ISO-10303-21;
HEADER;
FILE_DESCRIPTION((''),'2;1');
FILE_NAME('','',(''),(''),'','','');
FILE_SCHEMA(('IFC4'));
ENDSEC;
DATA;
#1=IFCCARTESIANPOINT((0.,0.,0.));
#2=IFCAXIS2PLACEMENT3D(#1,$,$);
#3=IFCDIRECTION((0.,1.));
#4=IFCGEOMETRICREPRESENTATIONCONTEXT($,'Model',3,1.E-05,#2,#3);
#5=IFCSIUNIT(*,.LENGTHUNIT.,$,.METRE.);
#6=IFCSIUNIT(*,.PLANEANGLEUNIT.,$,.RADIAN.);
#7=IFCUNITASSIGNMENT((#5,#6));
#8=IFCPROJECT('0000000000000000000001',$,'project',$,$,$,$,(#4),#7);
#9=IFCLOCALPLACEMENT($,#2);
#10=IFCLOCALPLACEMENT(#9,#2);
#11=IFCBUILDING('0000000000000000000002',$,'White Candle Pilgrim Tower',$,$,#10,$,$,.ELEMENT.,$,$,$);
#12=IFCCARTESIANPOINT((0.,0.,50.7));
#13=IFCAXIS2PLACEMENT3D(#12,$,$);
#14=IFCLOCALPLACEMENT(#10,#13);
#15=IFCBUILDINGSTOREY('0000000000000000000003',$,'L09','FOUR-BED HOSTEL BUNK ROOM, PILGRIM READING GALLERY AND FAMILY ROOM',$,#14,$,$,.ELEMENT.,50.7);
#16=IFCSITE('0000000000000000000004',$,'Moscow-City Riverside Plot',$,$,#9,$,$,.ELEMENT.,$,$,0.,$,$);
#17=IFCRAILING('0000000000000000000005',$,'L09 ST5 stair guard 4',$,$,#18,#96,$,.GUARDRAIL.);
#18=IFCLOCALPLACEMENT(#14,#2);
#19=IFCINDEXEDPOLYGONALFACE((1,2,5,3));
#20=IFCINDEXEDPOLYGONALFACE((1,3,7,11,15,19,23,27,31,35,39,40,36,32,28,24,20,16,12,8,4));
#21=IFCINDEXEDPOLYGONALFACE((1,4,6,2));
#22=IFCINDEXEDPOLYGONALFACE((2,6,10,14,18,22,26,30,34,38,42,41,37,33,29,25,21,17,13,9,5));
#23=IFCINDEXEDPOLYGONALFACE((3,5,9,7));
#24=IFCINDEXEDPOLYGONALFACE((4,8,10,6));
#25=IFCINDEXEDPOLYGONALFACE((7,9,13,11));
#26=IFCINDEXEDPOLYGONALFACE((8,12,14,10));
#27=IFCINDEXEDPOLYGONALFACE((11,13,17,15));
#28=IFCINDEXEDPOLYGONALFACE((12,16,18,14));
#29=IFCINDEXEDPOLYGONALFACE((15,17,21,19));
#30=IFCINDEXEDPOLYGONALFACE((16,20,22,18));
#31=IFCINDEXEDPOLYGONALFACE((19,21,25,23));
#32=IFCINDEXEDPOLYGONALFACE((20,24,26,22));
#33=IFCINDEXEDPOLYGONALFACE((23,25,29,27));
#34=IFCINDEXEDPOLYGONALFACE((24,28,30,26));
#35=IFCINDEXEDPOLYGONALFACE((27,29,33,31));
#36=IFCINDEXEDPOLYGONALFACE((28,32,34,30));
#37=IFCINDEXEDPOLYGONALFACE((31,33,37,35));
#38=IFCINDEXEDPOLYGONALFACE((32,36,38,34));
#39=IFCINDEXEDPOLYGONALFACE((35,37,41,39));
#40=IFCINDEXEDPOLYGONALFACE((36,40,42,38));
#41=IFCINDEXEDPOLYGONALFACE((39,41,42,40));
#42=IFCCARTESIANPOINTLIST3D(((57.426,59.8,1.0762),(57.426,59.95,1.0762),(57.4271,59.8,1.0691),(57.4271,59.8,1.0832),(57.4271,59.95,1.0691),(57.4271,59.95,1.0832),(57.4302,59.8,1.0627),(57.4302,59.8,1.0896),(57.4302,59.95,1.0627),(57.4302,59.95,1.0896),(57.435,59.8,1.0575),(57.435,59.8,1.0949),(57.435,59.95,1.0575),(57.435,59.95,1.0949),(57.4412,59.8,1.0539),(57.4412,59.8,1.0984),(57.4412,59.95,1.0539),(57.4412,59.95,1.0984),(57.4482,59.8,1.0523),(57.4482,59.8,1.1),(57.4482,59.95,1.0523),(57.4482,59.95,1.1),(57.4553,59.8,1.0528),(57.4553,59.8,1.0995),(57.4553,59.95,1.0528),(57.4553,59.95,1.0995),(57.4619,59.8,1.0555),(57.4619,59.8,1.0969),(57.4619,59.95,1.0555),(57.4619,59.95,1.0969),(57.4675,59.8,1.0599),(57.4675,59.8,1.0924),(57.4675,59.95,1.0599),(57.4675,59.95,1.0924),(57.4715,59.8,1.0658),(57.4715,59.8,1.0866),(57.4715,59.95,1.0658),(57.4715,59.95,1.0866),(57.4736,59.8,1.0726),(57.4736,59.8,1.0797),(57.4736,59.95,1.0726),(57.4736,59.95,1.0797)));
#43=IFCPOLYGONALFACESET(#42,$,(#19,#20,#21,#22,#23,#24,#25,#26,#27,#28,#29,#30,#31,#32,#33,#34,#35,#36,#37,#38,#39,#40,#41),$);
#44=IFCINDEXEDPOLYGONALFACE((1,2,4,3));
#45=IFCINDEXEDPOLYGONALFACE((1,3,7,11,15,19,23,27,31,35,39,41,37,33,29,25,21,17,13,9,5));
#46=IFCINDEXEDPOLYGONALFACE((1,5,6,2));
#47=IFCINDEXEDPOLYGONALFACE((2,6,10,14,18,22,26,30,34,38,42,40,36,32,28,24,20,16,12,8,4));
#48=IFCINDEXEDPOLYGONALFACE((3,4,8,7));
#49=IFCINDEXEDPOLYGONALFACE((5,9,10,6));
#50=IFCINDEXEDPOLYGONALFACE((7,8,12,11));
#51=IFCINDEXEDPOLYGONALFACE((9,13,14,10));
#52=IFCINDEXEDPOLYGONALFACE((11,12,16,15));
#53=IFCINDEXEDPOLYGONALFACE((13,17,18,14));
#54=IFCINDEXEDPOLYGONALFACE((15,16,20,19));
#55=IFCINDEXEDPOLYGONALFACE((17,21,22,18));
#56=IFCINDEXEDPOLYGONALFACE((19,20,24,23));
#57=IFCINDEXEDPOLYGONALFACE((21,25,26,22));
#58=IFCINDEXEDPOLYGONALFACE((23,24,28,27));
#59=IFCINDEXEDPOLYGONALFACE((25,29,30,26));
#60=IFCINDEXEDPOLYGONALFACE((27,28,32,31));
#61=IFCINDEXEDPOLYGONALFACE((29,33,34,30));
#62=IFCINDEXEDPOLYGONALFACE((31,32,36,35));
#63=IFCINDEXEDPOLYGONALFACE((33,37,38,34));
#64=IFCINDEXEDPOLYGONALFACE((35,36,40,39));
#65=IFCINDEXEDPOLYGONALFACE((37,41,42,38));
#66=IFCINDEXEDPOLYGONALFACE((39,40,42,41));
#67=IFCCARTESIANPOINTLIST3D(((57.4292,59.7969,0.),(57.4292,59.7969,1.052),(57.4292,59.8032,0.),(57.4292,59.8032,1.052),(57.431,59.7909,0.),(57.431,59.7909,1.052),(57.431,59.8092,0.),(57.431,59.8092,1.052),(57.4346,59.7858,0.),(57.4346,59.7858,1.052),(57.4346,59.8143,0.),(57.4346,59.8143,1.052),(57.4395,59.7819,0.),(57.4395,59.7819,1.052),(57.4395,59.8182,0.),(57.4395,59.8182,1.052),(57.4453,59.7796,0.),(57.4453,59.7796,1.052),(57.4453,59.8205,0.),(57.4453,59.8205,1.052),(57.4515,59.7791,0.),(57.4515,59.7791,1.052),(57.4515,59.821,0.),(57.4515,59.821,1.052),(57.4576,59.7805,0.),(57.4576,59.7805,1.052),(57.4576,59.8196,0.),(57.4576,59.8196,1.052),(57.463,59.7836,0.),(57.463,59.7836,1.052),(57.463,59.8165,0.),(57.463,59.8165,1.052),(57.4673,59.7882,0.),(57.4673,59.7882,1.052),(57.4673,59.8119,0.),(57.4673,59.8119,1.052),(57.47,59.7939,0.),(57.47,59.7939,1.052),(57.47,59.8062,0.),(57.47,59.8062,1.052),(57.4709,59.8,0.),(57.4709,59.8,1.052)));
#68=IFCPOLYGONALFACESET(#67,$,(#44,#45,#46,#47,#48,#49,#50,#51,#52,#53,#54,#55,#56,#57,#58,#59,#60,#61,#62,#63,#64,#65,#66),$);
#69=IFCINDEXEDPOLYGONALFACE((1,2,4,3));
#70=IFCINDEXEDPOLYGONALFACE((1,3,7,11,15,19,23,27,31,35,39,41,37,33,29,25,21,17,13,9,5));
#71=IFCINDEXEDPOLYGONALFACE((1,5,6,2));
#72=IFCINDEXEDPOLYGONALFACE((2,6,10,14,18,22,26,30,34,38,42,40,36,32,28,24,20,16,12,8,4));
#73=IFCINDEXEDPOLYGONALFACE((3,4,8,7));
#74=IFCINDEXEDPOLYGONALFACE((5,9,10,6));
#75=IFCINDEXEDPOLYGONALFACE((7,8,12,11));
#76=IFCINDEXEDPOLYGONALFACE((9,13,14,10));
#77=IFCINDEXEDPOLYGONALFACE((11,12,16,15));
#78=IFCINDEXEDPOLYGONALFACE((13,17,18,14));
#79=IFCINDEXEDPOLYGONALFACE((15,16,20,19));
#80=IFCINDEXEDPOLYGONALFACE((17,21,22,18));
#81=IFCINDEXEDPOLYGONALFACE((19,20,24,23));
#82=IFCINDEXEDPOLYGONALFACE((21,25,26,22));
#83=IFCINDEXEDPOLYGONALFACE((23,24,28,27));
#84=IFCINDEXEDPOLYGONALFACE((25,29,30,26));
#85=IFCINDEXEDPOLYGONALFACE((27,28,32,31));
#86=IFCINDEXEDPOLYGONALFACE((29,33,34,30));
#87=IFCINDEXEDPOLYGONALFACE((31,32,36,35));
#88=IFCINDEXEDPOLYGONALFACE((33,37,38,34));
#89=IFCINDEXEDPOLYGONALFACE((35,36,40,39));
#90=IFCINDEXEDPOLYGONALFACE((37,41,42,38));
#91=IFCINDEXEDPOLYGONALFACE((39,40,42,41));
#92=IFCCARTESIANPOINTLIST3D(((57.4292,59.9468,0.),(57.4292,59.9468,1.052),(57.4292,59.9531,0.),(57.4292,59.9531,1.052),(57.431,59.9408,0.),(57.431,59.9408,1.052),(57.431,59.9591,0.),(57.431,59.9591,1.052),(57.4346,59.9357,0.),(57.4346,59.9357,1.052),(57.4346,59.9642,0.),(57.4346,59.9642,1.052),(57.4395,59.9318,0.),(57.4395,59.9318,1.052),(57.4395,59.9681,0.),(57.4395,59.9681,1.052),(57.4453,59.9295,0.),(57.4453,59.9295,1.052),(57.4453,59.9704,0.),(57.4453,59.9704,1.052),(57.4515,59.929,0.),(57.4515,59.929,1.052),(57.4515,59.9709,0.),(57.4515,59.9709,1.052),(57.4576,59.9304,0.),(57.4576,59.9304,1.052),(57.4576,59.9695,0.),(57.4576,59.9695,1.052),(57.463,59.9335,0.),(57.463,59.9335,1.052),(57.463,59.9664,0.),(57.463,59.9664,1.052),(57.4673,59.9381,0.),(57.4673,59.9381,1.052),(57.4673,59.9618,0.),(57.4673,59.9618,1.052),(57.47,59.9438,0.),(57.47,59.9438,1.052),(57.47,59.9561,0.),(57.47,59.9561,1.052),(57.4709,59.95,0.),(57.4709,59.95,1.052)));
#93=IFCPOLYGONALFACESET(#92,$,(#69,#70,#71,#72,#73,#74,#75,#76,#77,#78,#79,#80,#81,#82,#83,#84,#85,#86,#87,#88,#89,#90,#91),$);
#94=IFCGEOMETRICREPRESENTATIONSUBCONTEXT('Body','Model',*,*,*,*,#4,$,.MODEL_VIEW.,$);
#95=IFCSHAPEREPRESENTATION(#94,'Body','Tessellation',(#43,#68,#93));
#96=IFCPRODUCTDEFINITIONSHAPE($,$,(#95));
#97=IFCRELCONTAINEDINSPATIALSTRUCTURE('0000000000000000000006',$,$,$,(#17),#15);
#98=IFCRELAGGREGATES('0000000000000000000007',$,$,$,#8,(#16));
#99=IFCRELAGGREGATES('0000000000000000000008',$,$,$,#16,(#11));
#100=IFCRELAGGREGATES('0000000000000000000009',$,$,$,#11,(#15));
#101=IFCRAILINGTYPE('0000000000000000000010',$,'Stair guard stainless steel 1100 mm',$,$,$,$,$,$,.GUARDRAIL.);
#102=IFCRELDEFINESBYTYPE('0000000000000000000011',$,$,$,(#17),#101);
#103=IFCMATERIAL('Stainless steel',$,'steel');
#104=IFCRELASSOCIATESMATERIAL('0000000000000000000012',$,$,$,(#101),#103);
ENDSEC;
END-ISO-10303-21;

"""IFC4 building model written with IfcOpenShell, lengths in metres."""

from ifc_helpers import new_model, si_unit, direction, frame, origin, origin_2d, place, context, subcontext, project, spatial, circle, extrude, material, type_object, element, save


model = new_model("IFC4")

# Units and contexts
model_context = context("Model", 3, precision=1e-05, world=origin(), true_north=direction((0.0, 1.0)))
body_context = subcontext(model_context, "Body", "Model", "MODEL_VIEW")
ifc_project = project(units=[si_unit("LENGTHUNIT", "METRE"), si_unit("PLANEANGLEUNIT", "RADIAN")], contexts=[model_context])

# Site, building, storey
site_placement = place(None, origin())
site = spatial("IfcSite", under=ifc_project, at=site_placement, Name="Moscow-City Riverside Plot", CompositionType="ELEMENT", RefElevation=0.0)
building_placement = place(site_placement, origin())
building = spatial("IfcBuilding", under=site, at=building_placement, Name="White Candle Pilgrim Tower", CompositionType="ELEMENT")
storey_placement = place(building_placement, frame((0.0, 0.0, 50.7)))
storey = spatial("IfcBuildingStorey", under=building, at=storey_placement, Name="L09", Description="FOUR-BED HOSTEL BUNK ROOM, PILGRIM READING GALLERY AND FAMILY ROOM", CompositionType="ELEMENT", Elevation=50.7)

# Railing
ifc_material_1 = material(Name="Stainless steel", Category="steel")
railing_type_1 = type_object("IfcRailingType", Name="Stair guard stainless steel 1100 mm", PredefinedType="GUARDRAIL", material=ifc_material_1)
railing_1_placement = place(storey_placement, frame((57.45, 59.8, 0.0)))
element("IfcRailing", 1, at=railing_1_placement, inside=storey, type_object=railing_type_1, Name="L09 ST5 stair guard 4", PredefinedType="GUARDRAIL", context=body_context, shape_type="SweptSolid", body=[
    extrude(circle(Radius=0.0239, at=origin_2d()), frame((0.0, 0.0, 1.0762), z_axis=(0.0, 1.0, 0.0), x_axis=(-1.0, 0.0, 0.0)), (0.0, 0.0, 1.0), 0.1499),
    extrude(circle(Radius=0.021, at=origin_2d()), origin(), (0.0, 0.0, 1.0), 1.052),
    extrude(circle(Radius=0.021, at=origin_2d()), frame((0.0, 0.1499, 0.0)), (0.0, 0.0, 1.0), 1.052),
])

save(model, "model.ifc")
